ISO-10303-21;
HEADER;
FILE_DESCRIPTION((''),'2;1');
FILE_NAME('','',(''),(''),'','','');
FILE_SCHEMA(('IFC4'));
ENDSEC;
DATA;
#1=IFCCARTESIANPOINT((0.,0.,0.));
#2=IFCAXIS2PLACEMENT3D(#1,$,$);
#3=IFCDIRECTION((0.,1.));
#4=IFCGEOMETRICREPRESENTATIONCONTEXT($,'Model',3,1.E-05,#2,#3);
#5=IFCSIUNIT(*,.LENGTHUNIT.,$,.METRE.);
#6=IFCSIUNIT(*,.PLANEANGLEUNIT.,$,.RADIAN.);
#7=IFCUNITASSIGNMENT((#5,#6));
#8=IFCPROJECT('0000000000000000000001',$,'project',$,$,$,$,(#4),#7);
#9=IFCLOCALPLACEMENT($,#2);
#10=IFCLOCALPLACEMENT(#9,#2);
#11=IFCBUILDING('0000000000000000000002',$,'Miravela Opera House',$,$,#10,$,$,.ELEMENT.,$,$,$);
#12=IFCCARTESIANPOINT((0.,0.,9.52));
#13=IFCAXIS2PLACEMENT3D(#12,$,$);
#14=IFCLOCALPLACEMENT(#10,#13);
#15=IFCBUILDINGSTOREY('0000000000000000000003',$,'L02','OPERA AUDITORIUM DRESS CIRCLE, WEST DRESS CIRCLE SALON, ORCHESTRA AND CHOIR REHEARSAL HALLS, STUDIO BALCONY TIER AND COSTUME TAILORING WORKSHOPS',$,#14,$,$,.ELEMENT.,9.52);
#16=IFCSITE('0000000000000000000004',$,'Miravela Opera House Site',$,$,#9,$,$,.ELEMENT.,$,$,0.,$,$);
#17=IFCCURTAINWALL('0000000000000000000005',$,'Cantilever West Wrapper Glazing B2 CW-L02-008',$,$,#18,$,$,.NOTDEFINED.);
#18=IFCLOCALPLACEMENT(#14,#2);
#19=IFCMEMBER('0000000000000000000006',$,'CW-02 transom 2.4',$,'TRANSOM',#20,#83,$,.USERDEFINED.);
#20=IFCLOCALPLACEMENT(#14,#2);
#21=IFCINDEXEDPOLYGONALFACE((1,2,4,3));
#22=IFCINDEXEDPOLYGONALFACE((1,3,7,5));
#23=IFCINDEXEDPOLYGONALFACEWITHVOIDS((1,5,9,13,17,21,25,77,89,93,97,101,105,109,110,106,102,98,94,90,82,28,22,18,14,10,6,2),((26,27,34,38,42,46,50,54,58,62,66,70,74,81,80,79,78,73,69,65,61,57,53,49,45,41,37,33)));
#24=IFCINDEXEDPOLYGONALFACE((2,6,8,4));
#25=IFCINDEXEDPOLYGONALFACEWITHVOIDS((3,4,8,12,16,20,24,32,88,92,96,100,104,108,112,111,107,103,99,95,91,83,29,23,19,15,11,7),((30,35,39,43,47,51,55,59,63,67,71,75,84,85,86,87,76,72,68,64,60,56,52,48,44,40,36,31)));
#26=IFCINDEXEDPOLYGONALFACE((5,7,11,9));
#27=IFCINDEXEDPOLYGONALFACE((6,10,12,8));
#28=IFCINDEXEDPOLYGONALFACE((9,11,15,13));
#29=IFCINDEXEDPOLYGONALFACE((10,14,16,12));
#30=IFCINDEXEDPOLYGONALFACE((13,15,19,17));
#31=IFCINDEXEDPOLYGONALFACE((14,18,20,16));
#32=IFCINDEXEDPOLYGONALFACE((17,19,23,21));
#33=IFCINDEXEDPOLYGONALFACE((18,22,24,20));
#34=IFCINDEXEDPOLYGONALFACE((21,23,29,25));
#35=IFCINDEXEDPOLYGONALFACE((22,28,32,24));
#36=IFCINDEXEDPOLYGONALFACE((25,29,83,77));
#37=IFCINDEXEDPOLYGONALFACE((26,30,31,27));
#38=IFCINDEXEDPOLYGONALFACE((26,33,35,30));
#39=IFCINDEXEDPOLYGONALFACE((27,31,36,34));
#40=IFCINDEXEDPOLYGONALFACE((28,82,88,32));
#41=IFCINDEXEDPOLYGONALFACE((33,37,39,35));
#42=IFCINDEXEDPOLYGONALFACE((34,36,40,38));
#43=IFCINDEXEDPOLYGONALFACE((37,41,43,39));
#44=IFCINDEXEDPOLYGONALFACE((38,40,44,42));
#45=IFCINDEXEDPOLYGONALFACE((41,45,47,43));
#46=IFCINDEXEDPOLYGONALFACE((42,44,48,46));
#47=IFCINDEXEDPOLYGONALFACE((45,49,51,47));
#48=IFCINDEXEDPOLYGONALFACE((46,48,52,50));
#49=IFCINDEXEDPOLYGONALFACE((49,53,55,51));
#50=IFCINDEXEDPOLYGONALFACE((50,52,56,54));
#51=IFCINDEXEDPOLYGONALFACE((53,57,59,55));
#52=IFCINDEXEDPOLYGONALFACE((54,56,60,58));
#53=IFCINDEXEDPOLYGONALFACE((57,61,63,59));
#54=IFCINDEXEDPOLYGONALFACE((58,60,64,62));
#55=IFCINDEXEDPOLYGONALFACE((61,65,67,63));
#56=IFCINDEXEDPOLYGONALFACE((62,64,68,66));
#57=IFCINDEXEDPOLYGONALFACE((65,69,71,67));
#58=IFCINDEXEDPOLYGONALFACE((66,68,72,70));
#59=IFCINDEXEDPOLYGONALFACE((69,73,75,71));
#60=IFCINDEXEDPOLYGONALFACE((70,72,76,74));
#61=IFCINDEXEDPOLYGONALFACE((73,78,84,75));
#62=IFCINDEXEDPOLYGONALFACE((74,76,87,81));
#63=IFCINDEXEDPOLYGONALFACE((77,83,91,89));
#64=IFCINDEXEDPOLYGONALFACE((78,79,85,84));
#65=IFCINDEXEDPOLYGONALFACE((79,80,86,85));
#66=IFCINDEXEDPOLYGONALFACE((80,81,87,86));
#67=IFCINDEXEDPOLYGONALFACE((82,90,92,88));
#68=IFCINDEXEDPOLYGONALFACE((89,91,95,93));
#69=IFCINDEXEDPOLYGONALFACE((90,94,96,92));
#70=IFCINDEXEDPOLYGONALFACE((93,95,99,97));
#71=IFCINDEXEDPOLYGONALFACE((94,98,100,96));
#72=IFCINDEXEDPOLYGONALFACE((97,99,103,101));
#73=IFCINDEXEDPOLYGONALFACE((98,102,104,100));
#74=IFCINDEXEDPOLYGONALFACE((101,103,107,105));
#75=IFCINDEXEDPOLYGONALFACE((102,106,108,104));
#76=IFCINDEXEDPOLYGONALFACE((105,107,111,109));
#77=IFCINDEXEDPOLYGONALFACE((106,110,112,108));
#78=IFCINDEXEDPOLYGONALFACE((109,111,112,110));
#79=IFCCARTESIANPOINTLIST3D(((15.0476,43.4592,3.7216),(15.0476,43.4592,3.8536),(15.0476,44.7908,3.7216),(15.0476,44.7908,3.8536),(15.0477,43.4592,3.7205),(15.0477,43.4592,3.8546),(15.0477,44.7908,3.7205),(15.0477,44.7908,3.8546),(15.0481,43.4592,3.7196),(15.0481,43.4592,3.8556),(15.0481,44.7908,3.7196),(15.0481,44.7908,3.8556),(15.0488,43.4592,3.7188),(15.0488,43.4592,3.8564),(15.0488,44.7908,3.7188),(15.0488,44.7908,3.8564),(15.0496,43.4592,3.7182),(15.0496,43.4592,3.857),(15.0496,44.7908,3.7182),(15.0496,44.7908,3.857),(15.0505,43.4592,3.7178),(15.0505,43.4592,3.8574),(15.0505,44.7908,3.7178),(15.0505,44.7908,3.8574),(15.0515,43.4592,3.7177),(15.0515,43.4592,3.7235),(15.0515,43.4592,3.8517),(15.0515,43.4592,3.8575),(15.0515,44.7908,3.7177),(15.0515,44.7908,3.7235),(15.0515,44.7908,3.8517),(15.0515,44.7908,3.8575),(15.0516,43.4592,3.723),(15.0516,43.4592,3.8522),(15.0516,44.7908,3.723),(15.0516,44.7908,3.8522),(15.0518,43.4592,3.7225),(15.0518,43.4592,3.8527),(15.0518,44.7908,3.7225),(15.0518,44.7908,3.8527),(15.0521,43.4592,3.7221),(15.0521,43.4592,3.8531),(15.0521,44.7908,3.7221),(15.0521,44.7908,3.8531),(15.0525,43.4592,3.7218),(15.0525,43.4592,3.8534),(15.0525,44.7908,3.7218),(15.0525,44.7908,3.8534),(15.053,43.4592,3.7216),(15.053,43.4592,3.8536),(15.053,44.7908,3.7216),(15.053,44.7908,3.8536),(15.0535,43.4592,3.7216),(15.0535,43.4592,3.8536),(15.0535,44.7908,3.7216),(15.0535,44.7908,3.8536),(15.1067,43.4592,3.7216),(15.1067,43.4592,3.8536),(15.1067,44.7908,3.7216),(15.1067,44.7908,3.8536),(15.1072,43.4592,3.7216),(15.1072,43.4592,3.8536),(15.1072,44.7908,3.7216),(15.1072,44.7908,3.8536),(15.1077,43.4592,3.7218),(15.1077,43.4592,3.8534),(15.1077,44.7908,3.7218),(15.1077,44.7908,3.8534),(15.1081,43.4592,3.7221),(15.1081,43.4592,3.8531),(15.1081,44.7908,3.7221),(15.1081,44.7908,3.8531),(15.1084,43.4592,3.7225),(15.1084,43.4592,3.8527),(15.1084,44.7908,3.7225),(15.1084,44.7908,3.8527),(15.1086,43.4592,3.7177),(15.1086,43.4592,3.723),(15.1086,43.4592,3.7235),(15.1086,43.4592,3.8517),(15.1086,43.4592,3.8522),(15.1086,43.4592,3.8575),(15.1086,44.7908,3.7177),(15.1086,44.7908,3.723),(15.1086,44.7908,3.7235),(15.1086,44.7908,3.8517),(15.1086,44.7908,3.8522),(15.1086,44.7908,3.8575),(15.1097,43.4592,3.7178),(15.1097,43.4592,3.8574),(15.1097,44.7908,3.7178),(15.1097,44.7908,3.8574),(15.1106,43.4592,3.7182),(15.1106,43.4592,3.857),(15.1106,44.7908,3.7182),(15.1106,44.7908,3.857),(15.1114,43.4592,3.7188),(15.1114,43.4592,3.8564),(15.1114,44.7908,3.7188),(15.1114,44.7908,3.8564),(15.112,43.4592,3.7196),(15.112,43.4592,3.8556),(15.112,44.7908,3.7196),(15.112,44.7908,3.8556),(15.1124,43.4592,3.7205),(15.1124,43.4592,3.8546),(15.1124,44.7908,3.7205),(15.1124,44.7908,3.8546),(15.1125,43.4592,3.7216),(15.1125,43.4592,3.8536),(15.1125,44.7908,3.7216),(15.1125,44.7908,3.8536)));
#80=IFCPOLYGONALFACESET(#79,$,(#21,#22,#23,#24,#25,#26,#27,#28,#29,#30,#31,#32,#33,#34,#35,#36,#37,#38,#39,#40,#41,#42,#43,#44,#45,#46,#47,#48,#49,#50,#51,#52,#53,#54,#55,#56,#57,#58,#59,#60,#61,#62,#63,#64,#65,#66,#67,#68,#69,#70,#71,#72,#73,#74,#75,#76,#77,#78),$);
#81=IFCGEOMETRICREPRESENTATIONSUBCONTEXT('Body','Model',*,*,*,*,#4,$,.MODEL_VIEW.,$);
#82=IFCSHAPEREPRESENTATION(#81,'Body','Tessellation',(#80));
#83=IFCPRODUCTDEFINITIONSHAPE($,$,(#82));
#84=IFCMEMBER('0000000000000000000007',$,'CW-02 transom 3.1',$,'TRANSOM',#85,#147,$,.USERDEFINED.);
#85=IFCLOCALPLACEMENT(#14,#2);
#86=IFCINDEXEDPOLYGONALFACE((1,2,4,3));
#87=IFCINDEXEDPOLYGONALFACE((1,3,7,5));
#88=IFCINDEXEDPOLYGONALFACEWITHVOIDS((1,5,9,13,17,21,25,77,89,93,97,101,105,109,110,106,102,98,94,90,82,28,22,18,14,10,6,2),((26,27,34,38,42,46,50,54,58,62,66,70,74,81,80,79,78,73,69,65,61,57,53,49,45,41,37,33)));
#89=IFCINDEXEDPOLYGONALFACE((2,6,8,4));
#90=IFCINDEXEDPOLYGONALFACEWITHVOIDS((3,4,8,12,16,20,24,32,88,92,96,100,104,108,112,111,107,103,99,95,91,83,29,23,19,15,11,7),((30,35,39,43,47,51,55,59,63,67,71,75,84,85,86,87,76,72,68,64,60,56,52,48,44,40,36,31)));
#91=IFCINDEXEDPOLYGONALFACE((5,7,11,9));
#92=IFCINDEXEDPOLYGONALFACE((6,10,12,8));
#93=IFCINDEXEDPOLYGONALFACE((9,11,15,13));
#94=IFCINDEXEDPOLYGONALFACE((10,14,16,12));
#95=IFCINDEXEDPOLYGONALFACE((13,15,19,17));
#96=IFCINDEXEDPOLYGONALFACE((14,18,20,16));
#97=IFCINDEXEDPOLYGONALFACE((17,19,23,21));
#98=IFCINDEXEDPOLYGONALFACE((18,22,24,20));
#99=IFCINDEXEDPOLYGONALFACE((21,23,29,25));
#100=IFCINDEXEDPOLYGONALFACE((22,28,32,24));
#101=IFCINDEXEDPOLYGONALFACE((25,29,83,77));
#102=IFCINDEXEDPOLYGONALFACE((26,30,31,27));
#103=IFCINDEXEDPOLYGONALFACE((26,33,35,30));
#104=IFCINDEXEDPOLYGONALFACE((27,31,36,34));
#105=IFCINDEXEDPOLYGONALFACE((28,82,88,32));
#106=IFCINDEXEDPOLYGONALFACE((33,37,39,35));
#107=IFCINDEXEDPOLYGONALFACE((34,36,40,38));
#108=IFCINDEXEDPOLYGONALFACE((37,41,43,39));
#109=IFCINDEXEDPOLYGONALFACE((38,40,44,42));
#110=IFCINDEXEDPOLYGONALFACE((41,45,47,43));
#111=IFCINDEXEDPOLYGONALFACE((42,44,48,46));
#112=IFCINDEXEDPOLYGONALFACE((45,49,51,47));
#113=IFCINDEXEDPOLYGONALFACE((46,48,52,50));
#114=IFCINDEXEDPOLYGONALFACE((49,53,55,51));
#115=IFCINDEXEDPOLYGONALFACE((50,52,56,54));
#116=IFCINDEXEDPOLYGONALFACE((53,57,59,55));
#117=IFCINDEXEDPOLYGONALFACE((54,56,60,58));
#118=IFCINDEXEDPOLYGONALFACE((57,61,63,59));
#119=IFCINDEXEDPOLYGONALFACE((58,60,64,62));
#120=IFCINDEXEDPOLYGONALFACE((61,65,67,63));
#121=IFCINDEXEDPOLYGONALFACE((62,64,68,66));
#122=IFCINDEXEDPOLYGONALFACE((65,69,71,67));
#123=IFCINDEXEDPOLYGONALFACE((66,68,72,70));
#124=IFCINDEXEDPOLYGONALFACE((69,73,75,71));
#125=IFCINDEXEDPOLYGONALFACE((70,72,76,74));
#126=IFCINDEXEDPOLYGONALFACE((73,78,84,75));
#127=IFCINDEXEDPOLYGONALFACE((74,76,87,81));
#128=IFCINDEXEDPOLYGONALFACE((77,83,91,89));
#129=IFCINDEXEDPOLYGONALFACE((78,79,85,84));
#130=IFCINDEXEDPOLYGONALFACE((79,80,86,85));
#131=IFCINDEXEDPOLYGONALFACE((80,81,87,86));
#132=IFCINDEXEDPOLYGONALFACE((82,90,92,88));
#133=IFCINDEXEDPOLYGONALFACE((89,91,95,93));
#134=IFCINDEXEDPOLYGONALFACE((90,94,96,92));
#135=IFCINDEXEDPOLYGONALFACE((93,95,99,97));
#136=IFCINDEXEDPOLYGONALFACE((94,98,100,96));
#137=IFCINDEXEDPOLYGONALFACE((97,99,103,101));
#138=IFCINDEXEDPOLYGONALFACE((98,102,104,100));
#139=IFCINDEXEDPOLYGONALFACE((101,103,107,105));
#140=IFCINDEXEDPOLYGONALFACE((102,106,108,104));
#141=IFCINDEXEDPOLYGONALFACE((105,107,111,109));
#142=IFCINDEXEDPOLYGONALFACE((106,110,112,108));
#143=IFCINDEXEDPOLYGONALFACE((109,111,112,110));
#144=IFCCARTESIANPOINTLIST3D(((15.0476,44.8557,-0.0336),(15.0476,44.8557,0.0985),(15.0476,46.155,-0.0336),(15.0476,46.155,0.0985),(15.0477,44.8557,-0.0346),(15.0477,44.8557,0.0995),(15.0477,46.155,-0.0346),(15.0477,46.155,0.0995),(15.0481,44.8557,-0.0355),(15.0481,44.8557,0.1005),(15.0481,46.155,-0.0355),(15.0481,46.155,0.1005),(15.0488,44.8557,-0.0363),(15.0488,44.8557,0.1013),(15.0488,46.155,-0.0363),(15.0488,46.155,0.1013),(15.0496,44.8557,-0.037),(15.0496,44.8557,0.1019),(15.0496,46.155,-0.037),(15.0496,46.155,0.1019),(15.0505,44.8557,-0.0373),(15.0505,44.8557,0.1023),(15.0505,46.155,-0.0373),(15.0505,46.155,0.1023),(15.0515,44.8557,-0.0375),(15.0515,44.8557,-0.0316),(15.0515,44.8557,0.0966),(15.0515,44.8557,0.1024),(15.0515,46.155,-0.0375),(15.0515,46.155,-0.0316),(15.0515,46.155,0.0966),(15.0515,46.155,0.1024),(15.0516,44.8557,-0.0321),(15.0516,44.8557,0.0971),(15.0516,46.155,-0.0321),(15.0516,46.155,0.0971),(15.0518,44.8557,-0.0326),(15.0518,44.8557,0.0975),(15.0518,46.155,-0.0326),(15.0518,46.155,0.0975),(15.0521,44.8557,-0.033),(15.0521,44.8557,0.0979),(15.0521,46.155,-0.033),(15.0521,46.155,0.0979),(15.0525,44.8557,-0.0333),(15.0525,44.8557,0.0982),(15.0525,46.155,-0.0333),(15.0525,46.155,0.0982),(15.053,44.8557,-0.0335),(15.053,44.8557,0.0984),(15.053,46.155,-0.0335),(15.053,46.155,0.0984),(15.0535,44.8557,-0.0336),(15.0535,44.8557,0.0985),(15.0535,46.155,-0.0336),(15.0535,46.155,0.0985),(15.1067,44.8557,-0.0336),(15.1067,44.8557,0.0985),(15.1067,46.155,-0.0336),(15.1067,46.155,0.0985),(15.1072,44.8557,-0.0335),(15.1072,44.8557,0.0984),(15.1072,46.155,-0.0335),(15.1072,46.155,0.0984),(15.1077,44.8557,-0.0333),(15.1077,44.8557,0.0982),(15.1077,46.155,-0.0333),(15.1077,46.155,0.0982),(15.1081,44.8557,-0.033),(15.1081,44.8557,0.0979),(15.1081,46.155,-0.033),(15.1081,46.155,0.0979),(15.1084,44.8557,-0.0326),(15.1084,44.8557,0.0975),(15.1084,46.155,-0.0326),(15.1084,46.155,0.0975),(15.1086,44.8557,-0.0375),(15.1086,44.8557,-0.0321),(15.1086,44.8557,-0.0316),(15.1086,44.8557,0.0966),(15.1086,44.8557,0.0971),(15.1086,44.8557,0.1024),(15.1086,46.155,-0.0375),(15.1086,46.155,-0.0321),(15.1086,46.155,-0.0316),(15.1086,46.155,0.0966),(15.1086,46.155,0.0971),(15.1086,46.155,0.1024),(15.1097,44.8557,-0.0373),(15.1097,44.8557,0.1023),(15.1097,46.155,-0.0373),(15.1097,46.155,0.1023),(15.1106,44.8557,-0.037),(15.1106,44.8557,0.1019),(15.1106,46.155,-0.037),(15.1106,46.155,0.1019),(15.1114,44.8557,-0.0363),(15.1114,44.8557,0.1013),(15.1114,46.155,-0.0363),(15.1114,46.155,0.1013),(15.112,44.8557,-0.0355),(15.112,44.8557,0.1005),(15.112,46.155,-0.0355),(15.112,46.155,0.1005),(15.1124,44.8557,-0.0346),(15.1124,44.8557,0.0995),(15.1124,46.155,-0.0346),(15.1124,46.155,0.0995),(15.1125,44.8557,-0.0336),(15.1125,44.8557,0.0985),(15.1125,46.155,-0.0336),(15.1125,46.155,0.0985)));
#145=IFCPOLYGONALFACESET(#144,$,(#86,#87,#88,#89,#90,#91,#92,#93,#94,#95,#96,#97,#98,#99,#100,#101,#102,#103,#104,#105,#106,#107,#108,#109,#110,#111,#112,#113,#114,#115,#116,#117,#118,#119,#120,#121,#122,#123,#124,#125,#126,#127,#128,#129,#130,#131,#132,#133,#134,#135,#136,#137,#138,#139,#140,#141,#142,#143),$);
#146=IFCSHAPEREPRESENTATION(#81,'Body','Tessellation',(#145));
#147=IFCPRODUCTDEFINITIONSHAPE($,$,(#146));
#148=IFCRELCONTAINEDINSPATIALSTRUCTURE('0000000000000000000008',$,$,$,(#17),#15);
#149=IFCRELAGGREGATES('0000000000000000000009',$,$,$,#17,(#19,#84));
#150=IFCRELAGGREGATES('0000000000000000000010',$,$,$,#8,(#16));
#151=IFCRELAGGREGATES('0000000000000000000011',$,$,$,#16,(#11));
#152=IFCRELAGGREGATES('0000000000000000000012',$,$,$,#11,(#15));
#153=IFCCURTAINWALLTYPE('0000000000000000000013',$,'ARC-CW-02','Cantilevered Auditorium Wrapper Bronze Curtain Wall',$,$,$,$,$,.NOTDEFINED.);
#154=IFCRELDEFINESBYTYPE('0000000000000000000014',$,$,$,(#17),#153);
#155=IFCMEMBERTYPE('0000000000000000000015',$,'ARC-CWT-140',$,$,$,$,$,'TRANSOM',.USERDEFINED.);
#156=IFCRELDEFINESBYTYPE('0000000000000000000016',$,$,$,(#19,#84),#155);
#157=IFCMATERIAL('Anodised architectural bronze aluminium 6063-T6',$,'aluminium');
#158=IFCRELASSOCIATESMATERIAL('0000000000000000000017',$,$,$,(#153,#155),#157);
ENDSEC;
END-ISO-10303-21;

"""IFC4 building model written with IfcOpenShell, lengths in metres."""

from ifc_helpers import new_model, si_unit, direction, frame, origin, origin_2d, place, context, subcontext, project, spatial, hollow_rectangle, extrude, material, material_profile, profile_set, type_object, element, aggregate, save


model = new_model("IFC4")

# Units and contexts
model_context = context("Model", 3, precision=1e-05, world=origin(), true_north=direction((0.0, 1.0)))
body_context = subcontext(model_context, "Body", "Model", "MODEL_VIEW")
ifc_project = project(units=[si_unit("LENGTHUNIT", "METRE"), si_unit("PLANEANGLEUNIT", "RADIAN")], contexts=[model_context])

# Site, building, storey
site_placement = place(None, origin())
site = spatial("IfcSite", under=ifc_project, at=site_placement, Name="Miravela Opera House Site", CompositionType="ELEMENT", RefElevation=0.0)
building_placement = place(site_placement, origin())
building = spatial("IfcBuilding", under=site, at=building_placement, Name="Miravela Opera House", CompositionType="ELEMENT")
storey_placement = place(building_placement, frame((0.0, 0.0, 9.52)))
storey = spatial("IfcBuildingStorey", under=building, at=storey_placement, Name="L02", Description="OPERA AUDITORIUM DRESS CIRCLE, WEST DRESS CIRCLE SALON, ORCHESTRA AND CHOIR REHEARSAL HALLS, STUDIO BALCONY TIER AND COSTUME TAILORING WORKSHOPS", CompositionType="ELEMENT", Elevation=9.52)

# Curtain wall, members
ifc_material_1 = material(Name="Anodised architectural bronze aluminium 6063-T6", Category="aluminium")
curtain_wall_type = type_object("IfcCurtainWallType", Name="ARC-CW-02", Description="Cantilevered Auditorium Wrapper Bronze Curtain Wall", PredefinedType="NOTDEFINED", material=ifc_material_1)
curtain_wall_placement = place(storey_placement, origin())
curtain_wall = element("IfcCurtainWall", 1, at=curtain_wall_placement, inside=storey, type_object=curtain_wall_type, Name="Cantilever West Wrapper Glazing B2 CW-L02-008", PredefinedType="NOTDEFINED")
ifc_material_profile_1 = material_profile(ifc_material_1, hollow_rectangle(XDim=0.0649, YDim=0.1399, WallThickness=0.0039, InnerFilletRadius=0.002, OuterFilletRadius=0.0039, at=origin_2d()), Name="CWT-65X140")
ifc_profile_set_1 = profile_set([ifc_material_profile_1])
member_type_1 = type_object("IfcMemberType", Name="ARC-CWT-140", ElementType="TRANSOM", PredefinedType="USERDEFINED", material=ifc_profile_set_1)
member_1_placement = place(storey_placement, frame((15.0801, 43.4592, 3.7876), z_axis=(0.0, 1.0, 0.0), x_axis=(-1.0, 0.0, 0.0)))
member_1 = element("IfcMember", 2, at=member_1_placement, type_object=member_type_1, Name="CW-02 transom 2.4", ObjectType="TRANSOM", PredefinedType="USERDEFINED", context=body_context, shape_type="SweptSolid", body=[
    extrude(hollow_rectangle(XDim=0.0649, YDim=0.1399, WallThickness=0.0039, InnerFilletRadius=0.002, OuterFilletRadius=0.0039, at=origin_2d()), origin(), (0.0, 0.0, 1.0), 1.3315),
])
member_2_placement = place(storey_placement, frame((15.0801, 44.8557, 0.0325), z_axis=(0.0, 1.0, 0.0), x_axis=(-1.0, 0.0, 0.0)))
member_2 = element("IfcMember", 3, at=member_2_placement, type_object=member_type_1, Name="CW-02 transom 3.1", ObjectType="TRANSOM", PredefinedType="USERDEFINED", context=body_context, shape_type="SweptSolid", body=[
    extrude(hollow_rectangle(XDim=0.0649, YDim=0.1399, WallThickness=0.0039, InnerFilletRadius=0.002, OuterFilletRadius=0.0039, at=origin_2d()), origin(), (0.0, 0.0, 1.0), 1.2993),
])

aggregate(curtain_wall, [member_1, member_2])

save(model, "model.ifc")
